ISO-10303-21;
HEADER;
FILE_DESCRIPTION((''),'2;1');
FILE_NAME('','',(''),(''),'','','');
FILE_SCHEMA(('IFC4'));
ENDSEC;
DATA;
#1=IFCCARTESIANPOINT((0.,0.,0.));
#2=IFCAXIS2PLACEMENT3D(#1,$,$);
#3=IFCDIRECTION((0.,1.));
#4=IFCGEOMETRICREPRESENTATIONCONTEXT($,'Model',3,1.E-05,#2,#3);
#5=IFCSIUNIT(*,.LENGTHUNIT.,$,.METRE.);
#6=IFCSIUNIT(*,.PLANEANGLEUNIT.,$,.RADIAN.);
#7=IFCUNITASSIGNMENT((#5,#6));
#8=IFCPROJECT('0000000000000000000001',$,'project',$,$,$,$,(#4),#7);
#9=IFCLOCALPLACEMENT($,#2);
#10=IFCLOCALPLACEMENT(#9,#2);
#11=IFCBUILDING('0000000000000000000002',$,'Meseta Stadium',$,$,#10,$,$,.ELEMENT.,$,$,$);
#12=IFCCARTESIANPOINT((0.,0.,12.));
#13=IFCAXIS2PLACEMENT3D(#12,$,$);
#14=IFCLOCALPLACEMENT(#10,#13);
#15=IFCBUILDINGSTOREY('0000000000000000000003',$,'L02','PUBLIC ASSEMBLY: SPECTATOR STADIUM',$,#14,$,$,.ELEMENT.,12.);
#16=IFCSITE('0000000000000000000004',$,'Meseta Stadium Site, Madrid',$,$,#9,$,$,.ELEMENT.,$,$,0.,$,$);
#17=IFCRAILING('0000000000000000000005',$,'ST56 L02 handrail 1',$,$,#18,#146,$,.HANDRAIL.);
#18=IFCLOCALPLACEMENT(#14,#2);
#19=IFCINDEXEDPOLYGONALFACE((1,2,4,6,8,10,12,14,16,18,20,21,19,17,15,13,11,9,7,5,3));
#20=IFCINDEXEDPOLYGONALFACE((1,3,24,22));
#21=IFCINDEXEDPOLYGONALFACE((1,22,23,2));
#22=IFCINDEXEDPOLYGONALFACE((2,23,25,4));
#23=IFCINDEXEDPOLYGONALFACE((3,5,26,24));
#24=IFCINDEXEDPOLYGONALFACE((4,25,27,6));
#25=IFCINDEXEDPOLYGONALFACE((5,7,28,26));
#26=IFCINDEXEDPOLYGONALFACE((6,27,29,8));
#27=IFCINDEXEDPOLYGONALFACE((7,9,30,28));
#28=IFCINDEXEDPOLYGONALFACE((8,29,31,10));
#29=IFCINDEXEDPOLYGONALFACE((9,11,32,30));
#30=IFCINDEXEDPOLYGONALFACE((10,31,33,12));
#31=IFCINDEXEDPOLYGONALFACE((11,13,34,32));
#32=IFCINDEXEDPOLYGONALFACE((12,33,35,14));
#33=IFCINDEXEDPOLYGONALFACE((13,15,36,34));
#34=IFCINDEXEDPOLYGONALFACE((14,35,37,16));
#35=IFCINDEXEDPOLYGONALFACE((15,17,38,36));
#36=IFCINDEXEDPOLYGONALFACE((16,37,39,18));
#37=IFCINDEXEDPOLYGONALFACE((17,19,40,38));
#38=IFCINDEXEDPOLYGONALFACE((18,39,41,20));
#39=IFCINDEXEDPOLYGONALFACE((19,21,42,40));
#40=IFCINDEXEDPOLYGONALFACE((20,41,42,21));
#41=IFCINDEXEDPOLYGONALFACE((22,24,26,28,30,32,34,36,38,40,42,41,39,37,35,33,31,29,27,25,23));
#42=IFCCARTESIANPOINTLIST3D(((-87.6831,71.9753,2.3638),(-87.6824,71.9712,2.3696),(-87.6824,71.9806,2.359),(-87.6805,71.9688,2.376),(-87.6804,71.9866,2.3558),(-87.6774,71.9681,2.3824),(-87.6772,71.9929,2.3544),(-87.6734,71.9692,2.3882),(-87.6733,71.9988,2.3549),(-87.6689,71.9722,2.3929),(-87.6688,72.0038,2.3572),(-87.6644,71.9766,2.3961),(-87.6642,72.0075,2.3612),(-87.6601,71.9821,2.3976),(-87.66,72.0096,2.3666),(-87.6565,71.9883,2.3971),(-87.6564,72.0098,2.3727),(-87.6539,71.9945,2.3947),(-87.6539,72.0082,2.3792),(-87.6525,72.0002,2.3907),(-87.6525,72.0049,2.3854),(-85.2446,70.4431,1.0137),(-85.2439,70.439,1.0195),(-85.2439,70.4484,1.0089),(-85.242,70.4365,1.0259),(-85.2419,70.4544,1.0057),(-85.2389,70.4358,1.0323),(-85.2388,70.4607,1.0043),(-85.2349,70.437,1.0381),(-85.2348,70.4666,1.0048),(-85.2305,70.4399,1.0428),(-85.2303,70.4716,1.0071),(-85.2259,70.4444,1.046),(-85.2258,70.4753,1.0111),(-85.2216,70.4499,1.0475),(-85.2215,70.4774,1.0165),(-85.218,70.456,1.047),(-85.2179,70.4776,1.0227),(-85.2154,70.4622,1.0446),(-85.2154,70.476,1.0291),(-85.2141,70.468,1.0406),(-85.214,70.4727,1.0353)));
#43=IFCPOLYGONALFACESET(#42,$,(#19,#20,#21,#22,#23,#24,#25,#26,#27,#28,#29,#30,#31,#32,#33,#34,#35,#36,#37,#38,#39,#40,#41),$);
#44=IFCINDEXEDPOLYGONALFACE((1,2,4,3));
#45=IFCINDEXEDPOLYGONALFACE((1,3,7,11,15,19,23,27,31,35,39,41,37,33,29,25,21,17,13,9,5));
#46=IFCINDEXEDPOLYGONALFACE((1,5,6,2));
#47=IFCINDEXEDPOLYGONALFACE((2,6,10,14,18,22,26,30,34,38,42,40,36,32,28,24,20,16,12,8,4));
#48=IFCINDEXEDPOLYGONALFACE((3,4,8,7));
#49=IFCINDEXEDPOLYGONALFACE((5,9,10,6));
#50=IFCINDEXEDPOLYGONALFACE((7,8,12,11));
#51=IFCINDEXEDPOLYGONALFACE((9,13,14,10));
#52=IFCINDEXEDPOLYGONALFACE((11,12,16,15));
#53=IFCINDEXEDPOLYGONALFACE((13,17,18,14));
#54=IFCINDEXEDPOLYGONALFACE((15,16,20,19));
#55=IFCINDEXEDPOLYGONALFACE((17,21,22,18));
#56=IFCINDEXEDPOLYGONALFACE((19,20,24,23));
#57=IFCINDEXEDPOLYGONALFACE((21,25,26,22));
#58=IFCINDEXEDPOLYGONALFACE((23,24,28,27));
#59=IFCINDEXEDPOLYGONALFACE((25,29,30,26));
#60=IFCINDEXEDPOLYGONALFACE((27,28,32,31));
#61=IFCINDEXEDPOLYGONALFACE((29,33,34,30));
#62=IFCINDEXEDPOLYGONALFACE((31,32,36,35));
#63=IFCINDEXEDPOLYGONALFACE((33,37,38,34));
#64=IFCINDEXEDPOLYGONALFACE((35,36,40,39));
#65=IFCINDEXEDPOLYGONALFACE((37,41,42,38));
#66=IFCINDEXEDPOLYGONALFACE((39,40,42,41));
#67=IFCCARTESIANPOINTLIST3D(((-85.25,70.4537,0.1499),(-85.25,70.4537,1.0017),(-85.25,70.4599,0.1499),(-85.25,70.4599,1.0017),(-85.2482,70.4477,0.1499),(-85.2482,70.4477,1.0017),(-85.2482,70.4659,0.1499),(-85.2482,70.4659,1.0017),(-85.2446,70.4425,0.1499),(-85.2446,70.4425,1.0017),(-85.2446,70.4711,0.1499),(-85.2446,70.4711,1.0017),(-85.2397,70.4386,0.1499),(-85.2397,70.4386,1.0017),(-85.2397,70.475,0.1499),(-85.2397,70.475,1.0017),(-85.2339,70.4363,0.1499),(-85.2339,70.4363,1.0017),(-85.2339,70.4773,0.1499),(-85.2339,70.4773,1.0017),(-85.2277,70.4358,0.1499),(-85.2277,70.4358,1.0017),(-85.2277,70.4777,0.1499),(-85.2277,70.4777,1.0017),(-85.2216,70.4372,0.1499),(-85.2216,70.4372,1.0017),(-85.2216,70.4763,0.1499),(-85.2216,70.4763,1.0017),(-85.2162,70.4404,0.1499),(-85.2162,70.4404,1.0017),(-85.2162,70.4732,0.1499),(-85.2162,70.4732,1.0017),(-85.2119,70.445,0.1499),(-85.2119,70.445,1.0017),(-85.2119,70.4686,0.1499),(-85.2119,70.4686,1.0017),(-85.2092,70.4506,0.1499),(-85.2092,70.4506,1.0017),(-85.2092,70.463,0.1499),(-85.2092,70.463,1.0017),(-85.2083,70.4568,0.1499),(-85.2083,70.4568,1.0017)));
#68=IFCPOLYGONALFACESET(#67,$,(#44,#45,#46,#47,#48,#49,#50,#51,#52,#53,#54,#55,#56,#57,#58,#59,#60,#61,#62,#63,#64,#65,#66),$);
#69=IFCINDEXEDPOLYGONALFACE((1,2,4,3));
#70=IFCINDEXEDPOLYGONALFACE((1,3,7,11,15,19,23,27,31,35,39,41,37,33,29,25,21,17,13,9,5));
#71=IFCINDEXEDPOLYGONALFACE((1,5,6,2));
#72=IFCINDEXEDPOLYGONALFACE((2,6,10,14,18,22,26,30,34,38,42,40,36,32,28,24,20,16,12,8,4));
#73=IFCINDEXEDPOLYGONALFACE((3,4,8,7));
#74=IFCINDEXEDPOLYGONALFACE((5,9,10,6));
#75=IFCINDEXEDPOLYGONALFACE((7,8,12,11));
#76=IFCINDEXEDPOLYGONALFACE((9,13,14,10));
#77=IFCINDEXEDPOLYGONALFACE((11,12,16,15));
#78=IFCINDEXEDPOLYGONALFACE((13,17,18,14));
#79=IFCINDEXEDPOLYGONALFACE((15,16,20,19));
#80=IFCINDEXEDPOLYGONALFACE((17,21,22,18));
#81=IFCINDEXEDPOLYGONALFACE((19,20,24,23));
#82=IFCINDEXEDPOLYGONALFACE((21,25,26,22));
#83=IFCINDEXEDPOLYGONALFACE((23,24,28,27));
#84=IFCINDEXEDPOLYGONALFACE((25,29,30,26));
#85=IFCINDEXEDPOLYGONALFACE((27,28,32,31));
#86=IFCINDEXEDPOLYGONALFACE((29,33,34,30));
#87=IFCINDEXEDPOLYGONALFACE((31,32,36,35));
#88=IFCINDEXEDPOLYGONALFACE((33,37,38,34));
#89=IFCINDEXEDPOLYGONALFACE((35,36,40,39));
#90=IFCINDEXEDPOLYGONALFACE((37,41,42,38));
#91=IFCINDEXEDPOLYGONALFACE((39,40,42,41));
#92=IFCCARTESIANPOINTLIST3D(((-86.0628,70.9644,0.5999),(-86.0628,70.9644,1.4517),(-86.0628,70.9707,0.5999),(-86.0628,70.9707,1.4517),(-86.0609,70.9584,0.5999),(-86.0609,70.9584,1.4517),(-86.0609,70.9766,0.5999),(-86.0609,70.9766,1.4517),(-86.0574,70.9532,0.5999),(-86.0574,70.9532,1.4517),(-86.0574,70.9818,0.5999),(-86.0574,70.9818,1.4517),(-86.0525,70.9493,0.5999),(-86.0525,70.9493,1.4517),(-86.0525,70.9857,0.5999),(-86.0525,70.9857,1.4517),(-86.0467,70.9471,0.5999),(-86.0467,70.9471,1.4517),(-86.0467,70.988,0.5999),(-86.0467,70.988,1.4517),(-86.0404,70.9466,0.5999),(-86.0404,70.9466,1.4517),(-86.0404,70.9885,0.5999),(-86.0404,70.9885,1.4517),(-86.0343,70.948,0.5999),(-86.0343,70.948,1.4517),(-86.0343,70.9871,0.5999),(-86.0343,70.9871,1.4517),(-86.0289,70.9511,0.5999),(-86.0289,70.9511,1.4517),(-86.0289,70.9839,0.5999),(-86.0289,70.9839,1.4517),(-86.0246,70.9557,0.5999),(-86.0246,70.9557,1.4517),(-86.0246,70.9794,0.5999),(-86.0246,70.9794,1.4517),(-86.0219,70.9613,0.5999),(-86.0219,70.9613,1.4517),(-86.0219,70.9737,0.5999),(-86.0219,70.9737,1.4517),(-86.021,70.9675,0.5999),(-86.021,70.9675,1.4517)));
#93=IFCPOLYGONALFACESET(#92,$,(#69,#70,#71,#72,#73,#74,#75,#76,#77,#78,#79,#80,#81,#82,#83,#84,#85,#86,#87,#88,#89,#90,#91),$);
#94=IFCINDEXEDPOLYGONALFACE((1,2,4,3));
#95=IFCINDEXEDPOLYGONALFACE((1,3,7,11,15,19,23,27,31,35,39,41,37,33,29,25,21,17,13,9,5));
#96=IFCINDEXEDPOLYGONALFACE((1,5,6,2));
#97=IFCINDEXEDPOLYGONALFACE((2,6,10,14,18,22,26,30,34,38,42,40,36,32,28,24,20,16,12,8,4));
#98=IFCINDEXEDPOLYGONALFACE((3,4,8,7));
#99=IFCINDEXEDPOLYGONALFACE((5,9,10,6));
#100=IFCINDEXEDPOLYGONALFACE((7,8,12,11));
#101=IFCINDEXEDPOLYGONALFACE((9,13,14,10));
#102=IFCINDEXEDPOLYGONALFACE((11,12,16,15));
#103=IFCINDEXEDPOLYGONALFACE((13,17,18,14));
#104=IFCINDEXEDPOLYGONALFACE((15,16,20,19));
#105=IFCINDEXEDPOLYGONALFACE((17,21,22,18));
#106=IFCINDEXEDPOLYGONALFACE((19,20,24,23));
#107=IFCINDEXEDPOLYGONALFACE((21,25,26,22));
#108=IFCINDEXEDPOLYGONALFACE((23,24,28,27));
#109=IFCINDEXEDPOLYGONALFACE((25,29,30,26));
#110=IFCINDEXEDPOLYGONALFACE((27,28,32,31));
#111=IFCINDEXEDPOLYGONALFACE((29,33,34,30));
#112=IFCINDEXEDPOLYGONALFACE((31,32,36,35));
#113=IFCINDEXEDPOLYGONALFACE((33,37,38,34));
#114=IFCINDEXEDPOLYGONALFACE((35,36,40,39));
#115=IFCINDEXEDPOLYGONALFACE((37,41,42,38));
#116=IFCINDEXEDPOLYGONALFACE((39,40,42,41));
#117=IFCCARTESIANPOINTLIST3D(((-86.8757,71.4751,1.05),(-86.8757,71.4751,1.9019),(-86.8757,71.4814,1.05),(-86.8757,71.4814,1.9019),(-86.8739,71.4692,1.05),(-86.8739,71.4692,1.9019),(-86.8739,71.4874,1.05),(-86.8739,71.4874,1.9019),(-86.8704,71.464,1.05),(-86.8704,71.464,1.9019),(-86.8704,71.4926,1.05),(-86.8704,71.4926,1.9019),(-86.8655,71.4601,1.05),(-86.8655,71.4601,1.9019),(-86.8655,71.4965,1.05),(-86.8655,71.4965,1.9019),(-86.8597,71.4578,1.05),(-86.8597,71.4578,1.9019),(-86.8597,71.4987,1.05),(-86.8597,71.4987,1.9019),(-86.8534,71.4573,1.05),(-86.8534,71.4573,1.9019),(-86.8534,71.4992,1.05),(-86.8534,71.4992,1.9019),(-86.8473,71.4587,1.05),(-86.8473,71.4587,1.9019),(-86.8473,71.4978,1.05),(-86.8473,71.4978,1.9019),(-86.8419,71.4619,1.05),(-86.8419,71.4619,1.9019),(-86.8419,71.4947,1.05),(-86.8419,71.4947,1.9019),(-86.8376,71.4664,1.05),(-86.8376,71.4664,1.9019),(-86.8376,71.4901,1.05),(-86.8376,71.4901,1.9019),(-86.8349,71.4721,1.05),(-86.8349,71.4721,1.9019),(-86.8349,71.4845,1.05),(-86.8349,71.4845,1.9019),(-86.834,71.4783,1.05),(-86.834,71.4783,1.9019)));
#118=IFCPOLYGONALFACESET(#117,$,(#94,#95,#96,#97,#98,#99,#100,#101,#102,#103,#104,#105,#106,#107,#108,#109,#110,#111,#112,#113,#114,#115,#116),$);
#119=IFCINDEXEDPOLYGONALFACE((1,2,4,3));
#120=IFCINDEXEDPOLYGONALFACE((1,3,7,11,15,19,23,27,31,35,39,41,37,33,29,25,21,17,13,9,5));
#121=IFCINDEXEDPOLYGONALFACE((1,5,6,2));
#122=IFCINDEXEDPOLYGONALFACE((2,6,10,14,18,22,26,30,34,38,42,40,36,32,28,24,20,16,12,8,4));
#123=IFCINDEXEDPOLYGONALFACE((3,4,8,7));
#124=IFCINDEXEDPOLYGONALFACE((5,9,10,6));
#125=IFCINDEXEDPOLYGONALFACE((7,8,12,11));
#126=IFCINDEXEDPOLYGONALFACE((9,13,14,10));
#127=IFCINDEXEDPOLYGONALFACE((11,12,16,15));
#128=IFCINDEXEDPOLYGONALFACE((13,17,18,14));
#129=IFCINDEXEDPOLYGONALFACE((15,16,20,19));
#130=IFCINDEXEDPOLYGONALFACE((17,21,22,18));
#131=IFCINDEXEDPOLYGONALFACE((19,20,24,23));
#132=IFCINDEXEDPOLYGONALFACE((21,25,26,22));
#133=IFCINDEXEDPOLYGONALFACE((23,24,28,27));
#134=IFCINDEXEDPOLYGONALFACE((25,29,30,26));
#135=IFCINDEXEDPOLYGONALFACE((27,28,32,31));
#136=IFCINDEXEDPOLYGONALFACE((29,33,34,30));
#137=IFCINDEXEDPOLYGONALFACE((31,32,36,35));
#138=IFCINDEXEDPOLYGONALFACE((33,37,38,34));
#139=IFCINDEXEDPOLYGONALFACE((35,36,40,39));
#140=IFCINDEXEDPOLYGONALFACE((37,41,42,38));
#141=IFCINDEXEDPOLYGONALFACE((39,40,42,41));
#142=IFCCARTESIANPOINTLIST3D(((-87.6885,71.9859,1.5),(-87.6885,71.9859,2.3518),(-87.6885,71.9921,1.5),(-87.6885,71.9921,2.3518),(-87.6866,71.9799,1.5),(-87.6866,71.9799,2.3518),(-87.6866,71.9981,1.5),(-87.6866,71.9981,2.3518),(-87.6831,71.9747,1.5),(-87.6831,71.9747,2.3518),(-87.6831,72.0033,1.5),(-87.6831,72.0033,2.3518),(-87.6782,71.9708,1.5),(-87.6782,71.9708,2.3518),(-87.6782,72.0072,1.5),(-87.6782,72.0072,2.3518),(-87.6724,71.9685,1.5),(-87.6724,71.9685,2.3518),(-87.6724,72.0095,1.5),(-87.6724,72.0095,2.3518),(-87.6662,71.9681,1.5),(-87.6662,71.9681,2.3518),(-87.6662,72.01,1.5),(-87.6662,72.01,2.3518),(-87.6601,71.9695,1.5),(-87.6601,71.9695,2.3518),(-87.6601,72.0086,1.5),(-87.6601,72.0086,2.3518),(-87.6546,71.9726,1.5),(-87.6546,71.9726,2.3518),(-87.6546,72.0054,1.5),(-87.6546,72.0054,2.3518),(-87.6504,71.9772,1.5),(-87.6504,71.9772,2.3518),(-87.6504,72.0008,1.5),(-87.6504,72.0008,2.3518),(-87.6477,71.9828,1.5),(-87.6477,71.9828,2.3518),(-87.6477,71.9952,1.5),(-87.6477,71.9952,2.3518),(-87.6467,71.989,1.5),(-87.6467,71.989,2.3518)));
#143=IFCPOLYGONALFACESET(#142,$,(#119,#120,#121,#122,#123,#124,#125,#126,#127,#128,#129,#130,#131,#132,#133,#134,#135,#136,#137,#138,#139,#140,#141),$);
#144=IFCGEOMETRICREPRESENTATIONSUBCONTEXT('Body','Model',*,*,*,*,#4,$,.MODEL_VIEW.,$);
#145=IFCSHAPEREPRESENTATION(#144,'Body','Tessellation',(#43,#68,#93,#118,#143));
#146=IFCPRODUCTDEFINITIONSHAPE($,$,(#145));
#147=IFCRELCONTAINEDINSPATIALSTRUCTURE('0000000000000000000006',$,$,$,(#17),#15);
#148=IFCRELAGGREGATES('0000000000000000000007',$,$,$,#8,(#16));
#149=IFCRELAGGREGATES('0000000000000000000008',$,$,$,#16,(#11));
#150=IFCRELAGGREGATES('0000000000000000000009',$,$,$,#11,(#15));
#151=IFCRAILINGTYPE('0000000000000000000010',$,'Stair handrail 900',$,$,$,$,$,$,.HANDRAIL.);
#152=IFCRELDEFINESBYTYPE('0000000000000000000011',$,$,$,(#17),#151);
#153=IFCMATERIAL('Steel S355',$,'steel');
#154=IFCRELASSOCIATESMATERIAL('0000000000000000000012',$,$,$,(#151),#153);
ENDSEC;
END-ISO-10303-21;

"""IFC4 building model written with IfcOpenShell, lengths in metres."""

from ifc_helpers import new_model, si_unit, direction, frame, origin, origin_2d, place, context, subcontext, project, spatial, circle, extrude, material, type_object, element, save


model = new_model("IFC4")

# Units and contexts
model_context = context("Model", 3, precision=1e-05, world=origin(), true_north=direction((0.0, 1.0)))
body_context = subcontext(model_context, "Body", "Model", "MODEL_VIEW")
ifc_project = project(units=[si_unit("LENGTHUNIT", "METRE"), si_unit("PLANEANGLEUNIT", "RADIAN")], contexts=[model_context])

# Site, building, storey
site_placement = place(None, origin())
site = spatial("IfcSite", under=ifc_project, at=site_placement, Name="Meseta Stadium Site, Madrid", CompositionType="ELEMENT", RefElevation=0.0)
building_placement = place(site_placement, origin())
building = spatial("IfcBuilding", under=site, at=building_placement, Name="Meseta Stadium", CompositionType="ELEMENT")
storey_placement = place(building_placement, frame((0.0, 0.0, 12.0)))
storey = spatial("IfcBuildingStorey", under=building, at=storey_placement, Name="L02", Description="PUBLIC ASSEMBLY: SPECTATOR STADIUM", CompositionType="ELEMENT", Elevation=12.0)

# Railing
ifc_material_1 = material(Name="Steel S355", Category="steel")
railing_type_1 = type_object("IfcRailingType", Name="Stair handrail 900", PredefinedType="HANDRAIL", material=ifc_material_1)
for number, where, name in (
    (1, (-85.2292, 70.4568, 0.1499), "ST56 L02 handrail 1"),
):
    element("IfcRailing", number, at=place(storey_placement, frame(where)), inside=storey, type_object=railing_type_1, Name=name, PredefinedType="HANDRAIL", context=body_context, shape_type="SweptSolid", body=[
        extrude(circle(Radius=0.0239, at=origin_2d()), frame((0.0, 0.0, 0.876), z_axis=(-0.766655, 0.481731, 0.42447), x_axis=(-0.53204, -0.846719, 0.0)), (0.0, 0.0, 1.0), 3.1807),
        extrude(circle(Radius=0.021, at=origin_2d()), origin(), (0.0, 0.0, 1.0), 0.8518),
        extrude(circle(Radius=0.021, at=origin_2d()), frame((-0.8127, 0.5107, 0.45)), (0.0, 0.0, 1.0), 0.8518),
        extrude(circle(Radius=0.021, at=origin_2d()), frame((-1.6257, 1.0215, 0.9001)), (0.0, 0.0, 1.0), 0.8518),
        extrude(circle(Radius=0.021, at=origin_2d()), frame((-2.4385, 1.5322, 1.3501)), (0.0, 0.0, 1.0), 0.8518),
    ])

save(model, "model.ifc")
